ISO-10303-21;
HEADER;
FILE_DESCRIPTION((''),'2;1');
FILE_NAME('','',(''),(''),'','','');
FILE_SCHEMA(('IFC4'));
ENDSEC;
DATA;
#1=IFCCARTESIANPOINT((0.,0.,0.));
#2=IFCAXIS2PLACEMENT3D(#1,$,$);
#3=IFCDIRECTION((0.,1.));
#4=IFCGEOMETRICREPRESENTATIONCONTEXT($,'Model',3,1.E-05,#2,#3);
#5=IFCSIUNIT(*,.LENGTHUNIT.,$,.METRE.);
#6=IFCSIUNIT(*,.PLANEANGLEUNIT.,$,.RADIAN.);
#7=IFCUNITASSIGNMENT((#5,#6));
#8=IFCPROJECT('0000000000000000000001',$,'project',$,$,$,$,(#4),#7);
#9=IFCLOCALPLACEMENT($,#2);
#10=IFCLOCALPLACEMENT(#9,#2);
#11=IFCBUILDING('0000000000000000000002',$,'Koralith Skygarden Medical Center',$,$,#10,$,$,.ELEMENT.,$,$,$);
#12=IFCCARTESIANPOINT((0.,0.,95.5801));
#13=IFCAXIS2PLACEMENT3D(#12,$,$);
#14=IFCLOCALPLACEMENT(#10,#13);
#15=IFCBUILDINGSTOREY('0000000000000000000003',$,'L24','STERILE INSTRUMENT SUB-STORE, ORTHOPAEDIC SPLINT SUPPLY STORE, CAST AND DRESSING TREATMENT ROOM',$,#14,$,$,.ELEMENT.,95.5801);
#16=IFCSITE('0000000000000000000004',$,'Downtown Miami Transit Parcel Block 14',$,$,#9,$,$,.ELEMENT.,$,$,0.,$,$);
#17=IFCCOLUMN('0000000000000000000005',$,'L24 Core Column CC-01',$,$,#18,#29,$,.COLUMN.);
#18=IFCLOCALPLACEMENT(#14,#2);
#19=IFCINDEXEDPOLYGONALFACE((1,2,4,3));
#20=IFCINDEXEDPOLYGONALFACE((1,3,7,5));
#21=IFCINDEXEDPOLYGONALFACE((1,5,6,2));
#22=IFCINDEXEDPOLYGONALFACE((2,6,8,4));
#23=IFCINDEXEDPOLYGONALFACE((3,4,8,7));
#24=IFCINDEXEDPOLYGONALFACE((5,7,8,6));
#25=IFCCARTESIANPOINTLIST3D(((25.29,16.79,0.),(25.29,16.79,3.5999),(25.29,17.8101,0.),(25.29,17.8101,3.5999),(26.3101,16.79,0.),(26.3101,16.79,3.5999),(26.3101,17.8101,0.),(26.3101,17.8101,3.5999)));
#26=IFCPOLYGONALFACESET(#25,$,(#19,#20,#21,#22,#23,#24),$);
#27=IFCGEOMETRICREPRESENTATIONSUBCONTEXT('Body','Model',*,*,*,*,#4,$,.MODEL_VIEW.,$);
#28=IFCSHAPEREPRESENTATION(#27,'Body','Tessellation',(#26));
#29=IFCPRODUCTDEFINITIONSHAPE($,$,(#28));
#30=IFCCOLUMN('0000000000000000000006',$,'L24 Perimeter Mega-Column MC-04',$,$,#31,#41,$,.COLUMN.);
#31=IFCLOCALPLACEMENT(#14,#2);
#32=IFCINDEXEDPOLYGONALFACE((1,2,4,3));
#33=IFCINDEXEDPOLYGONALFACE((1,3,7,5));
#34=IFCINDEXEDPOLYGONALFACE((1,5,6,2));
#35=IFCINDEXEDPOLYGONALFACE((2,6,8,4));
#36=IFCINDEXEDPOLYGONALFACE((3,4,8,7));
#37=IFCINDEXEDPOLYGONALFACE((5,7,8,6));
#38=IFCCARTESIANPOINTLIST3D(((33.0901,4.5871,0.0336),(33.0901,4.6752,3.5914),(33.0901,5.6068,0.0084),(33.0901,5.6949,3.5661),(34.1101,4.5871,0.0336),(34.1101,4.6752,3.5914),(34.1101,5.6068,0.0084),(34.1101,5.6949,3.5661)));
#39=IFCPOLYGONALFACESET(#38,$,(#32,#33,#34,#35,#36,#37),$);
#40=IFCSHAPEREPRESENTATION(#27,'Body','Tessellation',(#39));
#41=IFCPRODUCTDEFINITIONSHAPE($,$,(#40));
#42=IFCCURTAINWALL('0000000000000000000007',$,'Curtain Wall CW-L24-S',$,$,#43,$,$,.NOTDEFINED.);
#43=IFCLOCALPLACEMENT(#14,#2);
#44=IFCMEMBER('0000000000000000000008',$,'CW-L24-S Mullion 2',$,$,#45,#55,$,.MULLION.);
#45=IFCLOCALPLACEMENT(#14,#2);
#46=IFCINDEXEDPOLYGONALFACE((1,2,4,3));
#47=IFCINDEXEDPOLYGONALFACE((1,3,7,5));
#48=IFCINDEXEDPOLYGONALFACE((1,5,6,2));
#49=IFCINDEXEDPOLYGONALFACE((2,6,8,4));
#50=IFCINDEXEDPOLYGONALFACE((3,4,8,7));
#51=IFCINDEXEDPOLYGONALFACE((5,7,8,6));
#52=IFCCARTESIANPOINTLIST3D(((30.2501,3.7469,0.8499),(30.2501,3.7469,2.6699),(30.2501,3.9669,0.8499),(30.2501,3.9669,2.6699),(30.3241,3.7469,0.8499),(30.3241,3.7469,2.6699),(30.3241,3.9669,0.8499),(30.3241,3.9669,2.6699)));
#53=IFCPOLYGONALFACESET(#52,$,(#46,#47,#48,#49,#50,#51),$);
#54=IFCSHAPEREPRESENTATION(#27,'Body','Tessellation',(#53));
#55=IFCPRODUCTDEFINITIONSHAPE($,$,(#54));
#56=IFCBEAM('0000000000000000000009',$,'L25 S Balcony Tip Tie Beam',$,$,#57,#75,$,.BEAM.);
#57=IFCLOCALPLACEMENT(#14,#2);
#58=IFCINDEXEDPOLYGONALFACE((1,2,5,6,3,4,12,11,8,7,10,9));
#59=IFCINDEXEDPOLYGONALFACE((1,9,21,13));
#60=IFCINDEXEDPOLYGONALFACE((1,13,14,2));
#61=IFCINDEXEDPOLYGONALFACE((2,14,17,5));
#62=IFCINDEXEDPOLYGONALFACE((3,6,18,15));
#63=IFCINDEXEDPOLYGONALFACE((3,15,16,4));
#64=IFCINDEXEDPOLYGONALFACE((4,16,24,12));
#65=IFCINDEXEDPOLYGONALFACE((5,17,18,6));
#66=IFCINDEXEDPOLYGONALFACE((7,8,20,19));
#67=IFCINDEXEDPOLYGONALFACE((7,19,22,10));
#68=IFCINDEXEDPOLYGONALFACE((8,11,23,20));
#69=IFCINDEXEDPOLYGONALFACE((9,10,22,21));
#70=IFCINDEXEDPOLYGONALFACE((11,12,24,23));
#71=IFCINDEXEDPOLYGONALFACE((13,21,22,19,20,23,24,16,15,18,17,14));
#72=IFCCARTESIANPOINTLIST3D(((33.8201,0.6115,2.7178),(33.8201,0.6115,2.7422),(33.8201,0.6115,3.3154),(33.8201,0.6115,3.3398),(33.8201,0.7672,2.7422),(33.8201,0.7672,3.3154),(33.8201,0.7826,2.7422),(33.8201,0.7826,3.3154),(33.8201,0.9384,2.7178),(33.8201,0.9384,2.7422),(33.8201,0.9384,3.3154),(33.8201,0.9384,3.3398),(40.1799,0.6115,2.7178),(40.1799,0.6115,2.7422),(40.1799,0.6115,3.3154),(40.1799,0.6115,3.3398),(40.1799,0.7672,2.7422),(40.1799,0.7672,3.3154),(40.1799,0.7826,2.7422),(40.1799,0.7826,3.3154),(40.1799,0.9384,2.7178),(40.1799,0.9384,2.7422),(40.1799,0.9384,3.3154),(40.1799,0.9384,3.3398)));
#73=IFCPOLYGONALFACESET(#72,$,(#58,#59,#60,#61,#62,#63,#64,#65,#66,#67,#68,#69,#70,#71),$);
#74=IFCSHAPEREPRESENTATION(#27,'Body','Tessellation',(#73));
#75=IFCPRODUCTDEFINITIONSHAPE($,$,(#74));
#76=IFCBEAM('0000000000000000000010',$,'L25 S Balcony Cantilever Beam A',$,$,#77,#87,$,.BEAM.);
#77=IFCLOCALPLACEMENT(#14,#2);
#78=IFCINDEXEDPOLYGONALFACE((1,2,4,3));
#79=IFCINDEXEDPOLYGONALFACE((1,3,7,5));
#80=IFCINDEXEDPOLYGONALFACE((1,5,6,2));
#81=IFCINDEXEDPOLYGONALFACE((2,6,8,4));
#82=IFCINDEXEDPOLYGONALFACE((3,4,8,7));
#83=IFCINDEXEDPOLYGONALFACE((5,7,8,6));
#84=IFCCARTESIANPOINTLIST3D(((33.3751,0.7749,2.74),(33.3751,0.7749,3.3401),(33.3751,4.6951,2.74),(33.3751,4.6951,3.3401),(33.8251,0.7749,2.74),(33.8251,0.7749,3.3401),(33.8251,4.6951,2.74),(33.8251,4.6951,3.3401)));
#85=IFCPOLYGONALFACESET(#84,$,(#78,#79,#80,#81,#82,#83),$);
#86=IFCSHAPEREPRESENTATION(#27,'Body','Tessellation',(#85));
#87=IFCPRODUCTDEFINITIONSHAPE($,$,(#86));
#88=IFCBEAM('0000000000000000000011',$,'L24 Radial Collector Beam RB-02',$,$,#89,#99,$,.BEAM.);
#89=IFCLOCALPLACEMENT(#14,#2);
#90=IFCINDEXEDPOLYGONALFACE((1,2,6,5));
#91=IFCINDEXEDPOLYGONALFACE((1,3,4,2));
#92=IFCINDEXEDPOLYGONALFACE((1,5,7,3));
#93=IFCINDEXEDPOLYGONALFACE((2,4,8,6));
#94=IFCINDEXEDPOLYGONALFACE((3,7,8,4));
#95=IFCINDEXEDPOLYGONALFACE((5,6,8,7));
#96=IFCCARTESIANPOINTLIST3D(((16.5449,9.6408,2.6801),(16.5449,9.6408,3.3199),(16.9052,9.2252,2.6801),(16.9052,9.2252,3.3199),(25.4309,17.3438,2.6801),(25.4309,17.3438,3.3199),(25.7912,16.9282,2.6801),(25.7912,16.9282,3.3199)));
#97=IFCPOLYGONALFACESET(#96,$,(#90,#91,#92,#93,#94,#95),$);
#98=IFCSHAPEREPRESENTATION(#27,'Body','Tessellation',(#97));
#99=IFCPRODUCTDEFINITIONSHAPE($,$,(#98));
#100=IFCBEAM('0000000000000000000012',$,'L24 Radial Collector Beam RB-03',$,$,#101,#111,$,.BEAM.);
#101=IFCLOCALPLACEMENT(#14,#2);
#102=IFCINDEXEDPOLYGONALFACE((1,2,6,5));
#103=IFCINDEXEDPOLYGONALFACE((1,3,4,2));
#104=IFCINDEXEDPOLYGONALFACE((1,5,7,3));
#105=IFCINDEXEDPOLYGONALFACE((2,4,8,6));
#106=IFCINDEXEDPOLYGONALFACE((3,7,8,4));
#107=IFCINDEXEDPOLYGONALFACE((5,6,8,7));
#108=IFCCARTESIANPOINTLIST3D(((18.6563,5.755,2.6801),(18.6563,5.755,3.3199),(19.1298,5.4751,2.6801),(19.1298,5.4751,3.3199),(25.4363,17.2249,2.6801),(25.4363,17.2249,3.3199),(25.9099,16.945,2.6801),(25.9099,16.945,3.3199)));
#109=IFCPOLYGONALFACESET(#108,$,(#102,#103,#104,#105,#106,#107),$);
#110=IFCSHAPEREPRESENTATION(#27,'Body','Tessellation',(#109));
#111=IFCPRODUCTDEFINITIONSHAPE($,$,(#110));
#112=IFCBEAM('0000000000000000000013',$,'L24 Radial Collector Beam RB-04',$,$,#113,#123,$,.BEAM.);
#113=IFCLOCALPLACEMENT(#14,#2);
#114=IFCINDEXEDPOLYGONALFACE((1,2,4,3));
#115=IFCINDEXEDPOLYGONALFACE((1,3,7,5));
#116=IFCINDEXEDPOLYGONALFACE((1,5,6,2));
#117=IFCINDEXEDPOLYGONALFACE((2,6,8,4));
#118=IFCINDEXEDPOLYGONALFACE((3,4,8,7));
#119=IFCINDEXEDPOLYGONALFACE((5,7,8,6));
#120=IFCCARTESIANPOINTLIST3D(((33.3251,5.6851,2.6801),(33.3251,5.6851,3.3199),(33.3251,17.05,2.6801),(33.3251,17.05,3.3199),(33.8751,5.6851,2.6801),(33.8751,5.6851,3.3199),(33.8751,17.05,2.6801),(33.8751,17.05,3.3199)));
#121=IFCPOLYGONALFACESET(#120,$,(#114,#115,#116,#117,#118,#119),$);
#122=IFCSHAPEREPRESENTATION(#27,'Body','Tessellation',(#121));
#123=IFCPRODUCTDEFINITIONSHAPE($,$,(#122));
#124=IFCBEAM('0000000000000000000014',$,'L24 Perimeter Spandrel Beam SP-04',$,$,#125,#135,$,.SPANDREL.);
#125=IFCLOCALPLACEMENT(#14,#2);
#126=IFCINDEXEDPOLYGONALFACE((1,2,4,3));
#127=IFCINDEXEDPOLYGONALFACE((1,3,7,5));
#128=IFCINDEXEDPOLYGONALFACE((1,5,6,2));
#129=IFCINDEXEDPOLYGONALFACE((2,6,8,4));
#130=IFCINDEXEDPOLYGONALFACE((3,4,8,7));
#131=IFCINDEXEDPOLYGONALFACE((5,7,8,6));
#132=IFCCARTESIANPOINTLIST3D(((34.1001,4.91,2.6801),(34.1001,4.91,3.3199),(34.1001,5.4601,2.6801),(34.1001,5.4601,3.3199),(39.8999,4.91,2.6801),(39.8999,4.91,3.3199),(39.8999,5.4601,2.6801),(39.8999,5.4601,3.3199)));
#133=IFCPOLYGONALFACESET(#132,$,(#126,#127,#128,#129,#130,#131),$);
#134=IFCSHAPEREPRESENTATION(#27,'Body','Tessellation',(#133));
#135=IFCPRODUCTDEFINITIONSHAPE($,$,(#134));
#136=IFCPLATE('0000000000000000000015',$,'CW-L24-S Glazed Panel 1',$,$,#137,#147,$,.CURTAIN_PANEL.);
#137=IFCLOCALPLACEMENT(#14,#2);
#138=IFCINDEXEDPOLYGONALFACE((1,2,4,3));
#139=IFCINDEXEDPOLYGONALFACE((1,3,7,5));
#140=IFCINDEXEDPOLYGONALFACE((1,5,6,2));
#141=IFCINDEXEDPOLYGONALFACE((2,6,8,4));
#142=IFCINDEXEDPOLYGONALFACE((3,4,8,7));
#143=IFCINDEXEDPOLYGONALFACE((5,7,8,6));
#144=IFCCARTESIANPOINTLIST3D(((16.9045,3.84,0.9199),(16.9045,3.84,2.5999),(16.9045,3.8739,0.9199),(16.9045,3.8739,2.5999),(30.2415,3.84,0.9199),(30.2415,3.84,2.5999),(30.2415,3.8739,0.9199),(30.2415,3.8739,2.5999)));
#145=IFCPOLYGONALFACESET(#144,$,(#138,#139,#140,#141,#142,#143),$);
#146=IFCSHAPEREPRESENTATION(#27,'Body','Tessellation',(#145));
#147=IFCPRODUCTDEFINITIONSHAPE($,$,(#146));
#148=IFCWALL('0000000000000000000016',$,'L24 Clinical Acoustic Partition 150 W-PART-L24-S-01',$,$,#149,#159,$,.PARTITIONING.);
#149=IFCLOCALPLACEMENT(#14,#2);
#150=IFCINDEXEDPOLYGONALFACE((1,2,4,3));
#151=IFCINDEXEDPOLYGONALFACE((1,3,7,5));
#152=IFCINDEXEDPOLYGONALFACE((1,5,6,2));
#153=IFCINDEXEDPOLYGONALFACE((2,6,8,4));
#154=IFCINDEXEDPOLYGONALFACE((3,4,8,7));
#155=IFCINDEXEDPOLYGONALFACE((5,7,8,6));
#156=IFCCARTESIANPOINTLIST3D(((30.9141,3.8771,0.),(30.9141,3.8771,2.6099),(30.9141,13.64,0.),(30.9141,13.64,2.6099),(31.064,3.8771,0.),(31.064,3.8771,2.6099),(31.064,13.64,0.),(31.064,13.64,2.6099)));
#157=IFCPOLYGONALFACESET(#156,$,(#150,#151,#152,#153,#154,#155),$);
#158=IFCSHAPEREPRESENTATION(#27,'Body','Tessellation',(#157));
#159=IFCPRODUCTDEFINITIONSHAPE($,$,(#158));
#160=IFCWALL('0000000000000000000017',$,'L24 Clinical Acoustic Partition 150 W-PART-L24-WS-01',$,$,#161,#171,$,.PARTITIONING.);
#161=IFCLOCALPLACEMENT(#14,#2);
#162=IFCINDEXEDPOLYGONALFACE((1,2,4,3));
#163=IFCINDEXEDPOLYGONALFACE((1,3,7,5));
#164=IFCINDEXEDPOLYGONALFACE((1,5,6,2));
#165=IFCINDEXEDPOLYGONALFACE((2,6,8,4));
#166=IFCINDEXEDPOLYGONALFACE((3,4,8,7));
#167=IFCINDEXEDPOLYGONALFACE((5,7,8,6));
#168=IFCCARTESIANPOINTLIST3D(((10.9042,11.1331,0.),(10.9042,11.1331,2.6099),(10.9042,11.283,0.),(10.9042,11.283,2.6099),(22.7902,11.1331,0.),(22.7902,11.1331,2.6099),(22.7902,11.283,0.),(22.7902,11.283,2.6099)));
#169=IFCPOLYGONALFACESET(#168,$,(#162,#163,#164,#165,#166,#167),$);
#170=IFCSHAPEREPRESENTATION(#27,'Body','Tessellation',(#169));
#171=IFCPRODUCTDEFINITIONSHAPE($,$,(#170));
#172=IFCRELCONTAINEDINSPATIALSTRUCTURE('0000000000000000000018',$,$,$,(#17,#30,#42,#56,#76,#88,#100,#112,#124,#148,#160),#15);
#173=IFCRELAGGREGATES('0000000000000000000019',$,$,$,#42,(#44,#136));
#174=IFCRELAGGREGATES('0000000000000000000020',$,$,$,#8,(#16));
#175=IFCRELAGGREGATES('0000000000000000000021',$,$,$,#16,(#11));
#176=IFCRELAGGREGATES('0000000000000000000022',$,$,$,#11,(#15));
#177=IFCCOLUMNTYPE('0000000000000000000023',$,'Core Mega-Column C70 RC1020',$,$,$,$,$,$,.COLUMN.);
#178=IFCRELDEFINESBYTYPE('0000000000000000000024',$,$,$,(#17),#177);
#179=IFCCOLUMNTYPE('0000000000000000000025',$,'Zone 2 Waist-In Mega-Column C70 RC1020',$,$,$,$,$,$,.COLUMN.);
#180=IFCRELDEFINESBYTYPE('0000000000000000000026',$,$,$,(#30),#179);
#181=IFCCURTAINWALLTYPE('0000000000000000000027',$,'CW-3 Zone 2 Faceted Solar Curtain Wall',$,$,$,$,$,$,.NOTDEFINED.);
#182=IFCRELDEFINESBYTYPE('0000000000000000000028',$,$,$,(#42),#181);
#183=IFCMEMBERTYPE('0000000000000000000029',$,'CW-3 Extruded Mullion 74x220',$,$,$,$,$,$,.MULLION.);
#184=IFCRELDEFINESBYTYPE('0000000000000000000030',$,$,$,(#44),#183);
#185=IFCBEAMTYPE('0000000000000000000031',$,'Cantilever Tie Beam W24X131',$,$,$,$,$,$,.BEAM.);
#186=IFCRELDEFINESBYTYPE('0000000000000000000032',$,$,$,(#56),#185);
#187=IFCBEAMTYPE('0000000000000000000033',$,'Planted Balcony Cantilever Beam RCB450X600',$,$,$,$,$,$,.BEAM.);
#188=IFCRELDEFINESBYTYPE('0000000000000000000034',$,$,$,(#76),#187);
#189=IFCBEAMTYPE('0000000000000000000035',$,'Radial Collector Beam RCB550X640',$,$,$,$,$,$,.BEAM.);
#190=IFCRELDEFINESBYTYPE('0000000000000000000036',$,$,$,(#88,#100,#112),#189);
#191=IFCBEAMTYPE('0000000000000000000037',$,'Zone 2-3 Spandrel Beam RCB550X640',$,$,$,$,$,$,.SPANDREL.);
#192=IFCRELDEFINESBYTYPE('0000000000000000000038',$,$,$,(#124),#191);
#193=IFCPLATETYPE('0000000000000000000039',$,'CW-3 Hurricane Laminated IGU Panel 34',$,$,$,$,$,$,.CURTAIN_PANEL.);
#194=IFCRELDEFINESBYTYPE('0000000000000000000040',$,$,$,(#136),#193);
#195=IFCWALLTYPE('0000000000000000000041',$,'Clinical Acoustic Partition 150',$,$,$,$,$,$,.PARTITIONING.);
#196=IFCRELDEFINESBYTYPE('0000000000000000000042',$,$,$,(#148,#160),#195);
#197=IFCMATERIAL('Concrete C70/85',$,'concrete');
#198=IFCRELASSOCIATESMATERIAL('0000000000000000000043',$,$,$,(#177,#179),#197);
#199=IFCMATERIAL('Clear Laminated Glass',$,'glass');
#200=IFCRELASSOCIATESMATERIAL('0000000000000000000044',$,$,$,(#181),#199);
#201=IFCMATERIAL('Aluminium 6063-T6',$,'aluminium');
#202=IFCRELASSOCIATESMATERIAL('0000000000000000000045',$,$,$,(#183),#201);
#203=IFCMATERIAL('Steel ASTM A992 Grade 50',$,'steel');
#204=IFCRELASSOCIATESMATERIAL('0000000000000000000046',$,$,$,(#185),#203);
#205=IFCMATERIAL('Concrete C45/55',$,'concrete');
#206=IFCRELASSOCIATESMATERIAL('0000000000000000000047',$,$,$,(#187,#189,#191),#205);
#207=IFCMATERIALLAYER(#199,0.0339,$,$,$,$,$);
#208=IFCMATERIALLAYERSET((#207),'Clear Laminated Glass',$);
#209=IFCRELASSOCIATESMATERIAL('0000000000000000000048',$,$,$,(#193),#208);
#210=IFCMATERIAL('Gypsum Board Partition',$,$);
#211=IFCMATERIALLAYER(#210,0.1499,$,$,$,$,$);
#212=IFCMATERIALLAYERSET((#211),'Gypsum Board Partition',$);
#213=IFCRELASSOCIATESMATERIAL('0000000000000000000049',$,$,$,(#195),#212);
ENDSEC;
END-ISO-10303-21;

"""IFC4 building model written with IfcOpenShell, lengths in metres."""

from ifc_helpers import new_model, si_unit, direction, frame, frame_2d, origin, origin_2d, place, context, subcontext, project, spatial, rectangle, i_section, extrude, material, layer, layer_set, material_profile, profile_set, type_object, element, aggregate, save


model = new_model("IFC4")

# Units and contexts
model_context = context("Model", 3, precision=1e-05, world=origin(), true_north=direction((0.0, 1.0)))
body_context = subcontext(model_context, "Body", "Model", "MODEL_VIEW")
ifc_project = project(units=[si_unit("LENGTHUNIT", "METRE"), si_unit("PLANEANGLEUNIT", "RADIAN")], contexts=[model_context])

# Site, building, storey
site_placement = place(None, origin())
site = spatial("IfcSite", under=ifc_project, at=site_placement, Name="Downtown Miami Transit Parcel Block 14", CompositionType="ELEMENT", RefElevation=0.0)
building_placement = place(site_placement, origin())
building = spatial("IfcBuilding", under=site, at=building_placement, Name="Koralith Skygarden Medical Center", CompositionType="ELEMENT")
storey_placement = place(building_placement, frame((0.0, 0.0, 95.5801)))
storey = spatial("IfcBuildingStorey", under=building, at=storey_placement, Name="L24", Description="STERILE INSTRUMENT SUB-STORE, ORTHOPAEDIC SPLINT SUPPLY STORE, CAST AND DRESSING TREATMENT ROOM", CompositionType="ELEMENT", Elevation=95.5801)

# Columns
ifc_material_1 = material(Name="Concrete C70/85", Category="concrete")
ifc_material_profile_1 = material_profile(ifc_material_1, rectangle(XDim=1.02, YDim=1.02, at=origin_2d()), Name="RC1020X1020")
ifc_profile_set_1 = profile_set([ifc_material_profile_1], Name="Concrete C70/85")
column_type_1 = type_object("IfcColumnType", Name="Core Mega-Column C70 RC1020", PredefinedType="COLUMN", material=ifc_profile_set_1)
column_1_placement = place(storey_placement, frame((25.8, 17.3, 0.0), z_axis=(0.0, 0.0, 1.0), x_axis=(1.0, 0.0, 0.0)))
element("IfcColumn", 1, at=column_1_placement, inside=storey, type_object=column_type_1, Name="L24 Core Column CC-01", PredefinedType="COLUMN", context=body_context, shape_type="SweptSolid", body=[
    extrude(rectangle(XDim=1.02, YDim=1.02, at=origin_2d()), origin(), (0.0, 0.0, 1.0), 3.5999),
])
ifc_material_profile_2 = material_profile(ifc_material_1, rectangle(XDim=1.02, YDim=1.02, at=origin_2d()), Name="RC1020X1020")
ifc_profile_set_2 = profile_set([ifc_material_profile_2], Name="Concrete C70/85")
column_type_2 = type_object("IfcColumnType", Name="Zone 2 Waist-In Mega-Column C70 RC1020", PredefinedType="COLUMN", material=ifc_profile_set_2)
column_2_placement = place(storey_placement, frame((33.6001, 5.0969, 0.021), z_axis=(0.0, 0.024764, 0.999693), x_axis=(-1.0, 0.0, 0.0)))
element("IfcColumn", 2, at=column_2_placement, inside=storey, type_object=column_type_2, Name="L24 Perimeter Mega-Column MC-04", PredefinedType="COLUMN", context=body_context, shape_type="SweptSolid", body=[
    extrude(rectangle(XDim=1.02, YDim=1.02, at=origin_2d()), origin(), (0.0, 0.0, 1.0), 3.5588),
])

# Curtain wall, member
ifc_material_2 = material(Name="Clear Laminated Glass", Category="glass")
curtain_wall_type = type_object("IfcCurtainWallType", Name="CW-3 Zone 2 Faceted Solar Curtain Wall", PredefinedType="NOTDEFINED", material=ifc_material_2)
curtain_wall_placement = place(storey_placement, origin())
curtain_wall = element("IfcCurtainWall", 3, at=curtain_wall_placement, inside=storey, type_object=curtain_wall_type, Name="Curtain Wall CW-L24-S", PredefinedType="NOTDEFINED")
ifc_material_3 = material(Name="Aluminium 6063-T6", Category="aluminium")
ifc_material_profile_3 = material_profile(ifc_material_3, rectangle(XDim=0.074, YDim=0.22, at=origin_2d()), Name="MUL74X220")
ifc_profile_set_3 = profile_set([ifc_material_profile_3], Name="Aluminium 6063-T6")
member_type = type_object("IfcMemberType", Name="CW-3 Extruded Mullion 74x220", PredefinedType="MULLION", material=ifc_profile_set_3)
member_placement = place(storey_placement, frame((30.2871, 3.8569, 0.8499), z_axis=(0.0, 0.0, 1.0), x_axis=(1.0, 0.0, 0.0)))
member = element("IfcMember", 4, at=member_placement, type_object=member_type, Name="CW-L24-S Mullion 2", PredefinedType="MULLION", context=body_context, shape_type="SweptSolid", body=[
    extrude(rectangle(XDim=0.074, YDim=0.22, at=origin_2d()), origin(), (0.0, 0.0, 1.0), 1.8201),
])

# Beams
ifc_material_4 = material(Name="Steel ASTM A992 Grade 50", Category="steel")
ifc_material_profile_4 = material_profile(ifc_material_4, i_section(OverallWidth=0.3269, OverallDepth=0.6221, WebThickness=0.0154, FlangeThickness=0.0244, at=origin_2d()), Name="W24X131")
ifc_profile_set_4 = profile_set([ifc_material_profile_4], Name="Steel ASTM A992 Grade 50")
beam_type_1 = type_object("IfcBeamType", Name="Cantilever Tie Beam W24X131", PredefinedType="BEAM", material=ifc_profile_set_4)
beam_1_placement = place(storey_placement, frame((33.8201, 0.7749, 3.0288), z_axis=(1.0, 0.0, 0.0), x_axis=(0.0, 1.0, 0.0)))
element("IfcBeam", 5, at=beam_1_placement, inside=storey, type_object=beam_type_1, Name="L25 S Balcony Tip Tie Beam", PredefinedType="BEAM", context=body_context, shape_type="SweptSolid", body=[
    extrude(i_section(OverallWidth=0.3269, OverallDepth=0.6221, WebThickness=0.0154, FlangeThickness=0.0244, at=origin_2d()), origin(), (0.0, 0.0, 1.0), 6.3599),
])
ifc_material_5 = material(Name="Concrete C45/55", Category="concrete")
ifc_material_profile_5 = material_profile(ifc_material_5, rectangle(XDim=0.45, YDim=0.6001, at=origin_2d()), Name="RCB450X600")
ifc_profile_set_5 = profile_set([ifc_material_profile_5], Name="Concrete C45/55")
beam_type_2 = type_object("IfcBeamType", Name="Planted Balcony Cantilever Beam RCB450X600", PredefinedType="BEAM", material=ifc_profile_set_5)
beam_2_placement = place(storey_placement, frame((33.6001, 4.6951, 3.04), z_axis=(0.0, -1.0, 0.0), x_axis=(1.0, 0.0, 0.0)))
element("IfcBeam", 6, at=beam_2_placement, inside=storey, type_object=beam_type_2, Name="L25 S Balcony Cantilever Beam A", PredefinedType="BEAM", context=body_context, shape_type="SweptSolid", body=[
    extrude(rectangle(XDim=0.45, YDim=0.6001, at=origin_2d()), origin(), (0.0, 0.0, 1.0), 3.9202),
])
ifc_material_profile_6 = material_profile(ifc_material_5, rectangle(XDim=0.55, YDim=0.6399, at=origin_2d()), Name="RCB550X640")
ifc_profile_set_6 = profile_set([ifc_material_profile_6], Name="Concrete C45/55")
beam_type_3 = type_object("IfcBeamType", Name="Radial Collector Beam RCB550X640", PredefinedType="BEAM", material=ifc_profile_set_6)
beam_3_placement = place(storey_placement, frame((25.6111, 17.136, 3.0), z_axis=(-0.755618, -0.655013, 0.0), x_axis=(0.655013, -0.755618, 0.0)))
element("IfcBeam", 7, at=beam_3_placement, inside=storey, type_object=beam_type_3, Name="L24 Radial Collector Beam RB-02", PredefinedType="BEAM", context=body_context, shape_type="SweptSolid", body=[
    extrude(rectangle(XDim=0.55, YDim=0.6399, at=origin_2d()), origin(), (0.0, 0.0, 1.0), 11.76),
])
beam_4_placement = place(storey_placement, frame((25.6731, 17.085, 3.0), z_axis=(-0.508858, -0.86085, 0.0), x_axis=(0.86085, -0.508858, 0.0)))
element("IfcBeam", 8, at=beam_4_placement, inside=storey, type_object=beam_type_3, Name="L24 Radial Collector Beam RB-03", PredefinedType="BEAM", context=body_context, shape_type="SweptSolid", body=[
    extrude(rectangle(XDim=0.55, YDim=0.6399, at=origin_2d()), origin(), (0.0, 0.0, 1.0), 13.324),
])
beam_5_placement = place(storey_placement, frame((33.6001, 17.05, 3.0), z_axis=(0.0, -1.0, 0.0), x_axis=(1.0, 0.0, 0.0)))
element("IfcBeam", 9, at=beam_5_placement, inside=storey, type_object=beam_type_3, Name="L24 Radial Collector Beam RB-04", PredefinedType="BEAM", context=body_context, shape_type="SweptSolid", body=[
    extrude(rectangle(XDim=0.55, YDim=0.6399, at=origin_2d()), origin(), (0.0, 0.0, 1.0), 11.365),
])
ifc_material_profile_7 = material_profile(ifc_material_5, rectangle(XDim=0.55, YDim=0.6399, at=origin_2d()), Name="RCB550X640")
ifc_profile_set_7 = profile_set([ifc_material_profile_7], Name="Concrete C45/55")
beam_type_4 = type_object("IfcBeamType", Name="Zone 2-3 Spandrel Beam RCB550X640", PredefinedType="SPANDREL", material=ifc_profile_set_7)
beam_6_placement = place(storey_placement, frame((34.1001, 5.1851, 3.0), z_axis=(1.0, 0.0, 0.0), x_axis=(0.0, 1.0, 0.0)))
element("IfcBeam", 10, at=beam_6_placement, inside=storey, type_object=beam_type_4, Name="L24 Perimeter Spandrel Beam SP-04", PredefinedType="SPANDREL", context=body_context, shape_type="SweptSolid", body=[
    extrude(rectangle(XDim=0.55, YDim=0.6399, at=origin_2d()), origin(), (0.0, 0.0, 1.0), 5.7998),
])

# Plate
ifc_layer_1 = layer(ifc_material_2, 0.0339)
ifc_layer_set_1 = layer_set([ifc_layer_1], Name="Clear Laminated Glass")
plate_type = type_object("IfcPlateType", Name="CW-3 Hurricane Laminated IGU Panel 34", PredefinedType="CURTAIN_PANEL", material=ifc_layer_set_1)
plate_placement = place(storey_placement, frame((23.573, 3.8569, 0.9199), z_axis=(0.0, 0.0, 1.0), x_axis=(1.0, 0.0, 0.0)))
plate = element("IfcPlate", 11, at=plate_placement, type_object=plate_type, Name="CW-L24-S Glazed Panel 1", PredefinedType="CURTAIN_PANEL", context=body_context, shape_type="SweptSolid", body=[
    extrude(rectangle(XDim=13.3369, YDim=0.0339, at=origin_2d()), origin(), (0.0, 0.0, 1.0), 1.6799),
])
aggregate(curtain_wall, [member, plate])

# Walls
ifc_material_6 = material(Name="Gypsum Board Partition")
ifc_layer_2 = layer(ifc_material_6, 0.1499)
ifc_layer_set_2 = layer_set([ifc_layer_2], Name="Gypsum Board Partition")
wall_type_1 = type_object("IfcWallType", Name="Clinical Acoustic Partition 150", PredefinedType="PARTITIONING", material=ifc_layer_set_2)
wall_1_placement = place(storey_placement, frame((30.989, 13.6399, 0.0), z_axis=(0.0, 0.0, 1.0), x_axis=(0.0, -1.0, 0.0)))
element("IfcWall", 12, at=wall_1_placement, inside=storey, type_object=wall_type_1, Name="L24 Clinical Acoustic Partition 150 W-PART-L24-S-01", PredefinedType="PARTITIONING", context=body_context, shape_type="SweptSolid", body=[
    extrude(rectangle(XDim=9.7629, YDim=0.1499, at=frame_2d((4.8813, 0.0))), origin(), (0.0, 0.0, 1.0), 2.6099),
])
for number, where, z_axis, x_axis, name in (
    (13, (22.79, 11.208, 0.0), (0.0, 0.0, 1.0), (-1.0, 0.0, 0.0), "L24 Clinical Acoustic Partition 150 W-PART-L24-WS-01"),
):
    element("IfcWall", number, at=place(storey_placement, frame(where, z_axis=z_axis, x_axis=x_axis)), inside=storey, type_object=wall_type_1, Name=name, PredefinedType="PARTITIONING", context=body_context, shape_type="SweptSolid", body=[
        extrude(rectangle(XDim=11.886, YDim=0.1499, at=frame_2d((5.9429, 0.0))), origin(), (0.0, 0.0, 1.0), 2.6099),
    ])

save(model, "model.ifc")
